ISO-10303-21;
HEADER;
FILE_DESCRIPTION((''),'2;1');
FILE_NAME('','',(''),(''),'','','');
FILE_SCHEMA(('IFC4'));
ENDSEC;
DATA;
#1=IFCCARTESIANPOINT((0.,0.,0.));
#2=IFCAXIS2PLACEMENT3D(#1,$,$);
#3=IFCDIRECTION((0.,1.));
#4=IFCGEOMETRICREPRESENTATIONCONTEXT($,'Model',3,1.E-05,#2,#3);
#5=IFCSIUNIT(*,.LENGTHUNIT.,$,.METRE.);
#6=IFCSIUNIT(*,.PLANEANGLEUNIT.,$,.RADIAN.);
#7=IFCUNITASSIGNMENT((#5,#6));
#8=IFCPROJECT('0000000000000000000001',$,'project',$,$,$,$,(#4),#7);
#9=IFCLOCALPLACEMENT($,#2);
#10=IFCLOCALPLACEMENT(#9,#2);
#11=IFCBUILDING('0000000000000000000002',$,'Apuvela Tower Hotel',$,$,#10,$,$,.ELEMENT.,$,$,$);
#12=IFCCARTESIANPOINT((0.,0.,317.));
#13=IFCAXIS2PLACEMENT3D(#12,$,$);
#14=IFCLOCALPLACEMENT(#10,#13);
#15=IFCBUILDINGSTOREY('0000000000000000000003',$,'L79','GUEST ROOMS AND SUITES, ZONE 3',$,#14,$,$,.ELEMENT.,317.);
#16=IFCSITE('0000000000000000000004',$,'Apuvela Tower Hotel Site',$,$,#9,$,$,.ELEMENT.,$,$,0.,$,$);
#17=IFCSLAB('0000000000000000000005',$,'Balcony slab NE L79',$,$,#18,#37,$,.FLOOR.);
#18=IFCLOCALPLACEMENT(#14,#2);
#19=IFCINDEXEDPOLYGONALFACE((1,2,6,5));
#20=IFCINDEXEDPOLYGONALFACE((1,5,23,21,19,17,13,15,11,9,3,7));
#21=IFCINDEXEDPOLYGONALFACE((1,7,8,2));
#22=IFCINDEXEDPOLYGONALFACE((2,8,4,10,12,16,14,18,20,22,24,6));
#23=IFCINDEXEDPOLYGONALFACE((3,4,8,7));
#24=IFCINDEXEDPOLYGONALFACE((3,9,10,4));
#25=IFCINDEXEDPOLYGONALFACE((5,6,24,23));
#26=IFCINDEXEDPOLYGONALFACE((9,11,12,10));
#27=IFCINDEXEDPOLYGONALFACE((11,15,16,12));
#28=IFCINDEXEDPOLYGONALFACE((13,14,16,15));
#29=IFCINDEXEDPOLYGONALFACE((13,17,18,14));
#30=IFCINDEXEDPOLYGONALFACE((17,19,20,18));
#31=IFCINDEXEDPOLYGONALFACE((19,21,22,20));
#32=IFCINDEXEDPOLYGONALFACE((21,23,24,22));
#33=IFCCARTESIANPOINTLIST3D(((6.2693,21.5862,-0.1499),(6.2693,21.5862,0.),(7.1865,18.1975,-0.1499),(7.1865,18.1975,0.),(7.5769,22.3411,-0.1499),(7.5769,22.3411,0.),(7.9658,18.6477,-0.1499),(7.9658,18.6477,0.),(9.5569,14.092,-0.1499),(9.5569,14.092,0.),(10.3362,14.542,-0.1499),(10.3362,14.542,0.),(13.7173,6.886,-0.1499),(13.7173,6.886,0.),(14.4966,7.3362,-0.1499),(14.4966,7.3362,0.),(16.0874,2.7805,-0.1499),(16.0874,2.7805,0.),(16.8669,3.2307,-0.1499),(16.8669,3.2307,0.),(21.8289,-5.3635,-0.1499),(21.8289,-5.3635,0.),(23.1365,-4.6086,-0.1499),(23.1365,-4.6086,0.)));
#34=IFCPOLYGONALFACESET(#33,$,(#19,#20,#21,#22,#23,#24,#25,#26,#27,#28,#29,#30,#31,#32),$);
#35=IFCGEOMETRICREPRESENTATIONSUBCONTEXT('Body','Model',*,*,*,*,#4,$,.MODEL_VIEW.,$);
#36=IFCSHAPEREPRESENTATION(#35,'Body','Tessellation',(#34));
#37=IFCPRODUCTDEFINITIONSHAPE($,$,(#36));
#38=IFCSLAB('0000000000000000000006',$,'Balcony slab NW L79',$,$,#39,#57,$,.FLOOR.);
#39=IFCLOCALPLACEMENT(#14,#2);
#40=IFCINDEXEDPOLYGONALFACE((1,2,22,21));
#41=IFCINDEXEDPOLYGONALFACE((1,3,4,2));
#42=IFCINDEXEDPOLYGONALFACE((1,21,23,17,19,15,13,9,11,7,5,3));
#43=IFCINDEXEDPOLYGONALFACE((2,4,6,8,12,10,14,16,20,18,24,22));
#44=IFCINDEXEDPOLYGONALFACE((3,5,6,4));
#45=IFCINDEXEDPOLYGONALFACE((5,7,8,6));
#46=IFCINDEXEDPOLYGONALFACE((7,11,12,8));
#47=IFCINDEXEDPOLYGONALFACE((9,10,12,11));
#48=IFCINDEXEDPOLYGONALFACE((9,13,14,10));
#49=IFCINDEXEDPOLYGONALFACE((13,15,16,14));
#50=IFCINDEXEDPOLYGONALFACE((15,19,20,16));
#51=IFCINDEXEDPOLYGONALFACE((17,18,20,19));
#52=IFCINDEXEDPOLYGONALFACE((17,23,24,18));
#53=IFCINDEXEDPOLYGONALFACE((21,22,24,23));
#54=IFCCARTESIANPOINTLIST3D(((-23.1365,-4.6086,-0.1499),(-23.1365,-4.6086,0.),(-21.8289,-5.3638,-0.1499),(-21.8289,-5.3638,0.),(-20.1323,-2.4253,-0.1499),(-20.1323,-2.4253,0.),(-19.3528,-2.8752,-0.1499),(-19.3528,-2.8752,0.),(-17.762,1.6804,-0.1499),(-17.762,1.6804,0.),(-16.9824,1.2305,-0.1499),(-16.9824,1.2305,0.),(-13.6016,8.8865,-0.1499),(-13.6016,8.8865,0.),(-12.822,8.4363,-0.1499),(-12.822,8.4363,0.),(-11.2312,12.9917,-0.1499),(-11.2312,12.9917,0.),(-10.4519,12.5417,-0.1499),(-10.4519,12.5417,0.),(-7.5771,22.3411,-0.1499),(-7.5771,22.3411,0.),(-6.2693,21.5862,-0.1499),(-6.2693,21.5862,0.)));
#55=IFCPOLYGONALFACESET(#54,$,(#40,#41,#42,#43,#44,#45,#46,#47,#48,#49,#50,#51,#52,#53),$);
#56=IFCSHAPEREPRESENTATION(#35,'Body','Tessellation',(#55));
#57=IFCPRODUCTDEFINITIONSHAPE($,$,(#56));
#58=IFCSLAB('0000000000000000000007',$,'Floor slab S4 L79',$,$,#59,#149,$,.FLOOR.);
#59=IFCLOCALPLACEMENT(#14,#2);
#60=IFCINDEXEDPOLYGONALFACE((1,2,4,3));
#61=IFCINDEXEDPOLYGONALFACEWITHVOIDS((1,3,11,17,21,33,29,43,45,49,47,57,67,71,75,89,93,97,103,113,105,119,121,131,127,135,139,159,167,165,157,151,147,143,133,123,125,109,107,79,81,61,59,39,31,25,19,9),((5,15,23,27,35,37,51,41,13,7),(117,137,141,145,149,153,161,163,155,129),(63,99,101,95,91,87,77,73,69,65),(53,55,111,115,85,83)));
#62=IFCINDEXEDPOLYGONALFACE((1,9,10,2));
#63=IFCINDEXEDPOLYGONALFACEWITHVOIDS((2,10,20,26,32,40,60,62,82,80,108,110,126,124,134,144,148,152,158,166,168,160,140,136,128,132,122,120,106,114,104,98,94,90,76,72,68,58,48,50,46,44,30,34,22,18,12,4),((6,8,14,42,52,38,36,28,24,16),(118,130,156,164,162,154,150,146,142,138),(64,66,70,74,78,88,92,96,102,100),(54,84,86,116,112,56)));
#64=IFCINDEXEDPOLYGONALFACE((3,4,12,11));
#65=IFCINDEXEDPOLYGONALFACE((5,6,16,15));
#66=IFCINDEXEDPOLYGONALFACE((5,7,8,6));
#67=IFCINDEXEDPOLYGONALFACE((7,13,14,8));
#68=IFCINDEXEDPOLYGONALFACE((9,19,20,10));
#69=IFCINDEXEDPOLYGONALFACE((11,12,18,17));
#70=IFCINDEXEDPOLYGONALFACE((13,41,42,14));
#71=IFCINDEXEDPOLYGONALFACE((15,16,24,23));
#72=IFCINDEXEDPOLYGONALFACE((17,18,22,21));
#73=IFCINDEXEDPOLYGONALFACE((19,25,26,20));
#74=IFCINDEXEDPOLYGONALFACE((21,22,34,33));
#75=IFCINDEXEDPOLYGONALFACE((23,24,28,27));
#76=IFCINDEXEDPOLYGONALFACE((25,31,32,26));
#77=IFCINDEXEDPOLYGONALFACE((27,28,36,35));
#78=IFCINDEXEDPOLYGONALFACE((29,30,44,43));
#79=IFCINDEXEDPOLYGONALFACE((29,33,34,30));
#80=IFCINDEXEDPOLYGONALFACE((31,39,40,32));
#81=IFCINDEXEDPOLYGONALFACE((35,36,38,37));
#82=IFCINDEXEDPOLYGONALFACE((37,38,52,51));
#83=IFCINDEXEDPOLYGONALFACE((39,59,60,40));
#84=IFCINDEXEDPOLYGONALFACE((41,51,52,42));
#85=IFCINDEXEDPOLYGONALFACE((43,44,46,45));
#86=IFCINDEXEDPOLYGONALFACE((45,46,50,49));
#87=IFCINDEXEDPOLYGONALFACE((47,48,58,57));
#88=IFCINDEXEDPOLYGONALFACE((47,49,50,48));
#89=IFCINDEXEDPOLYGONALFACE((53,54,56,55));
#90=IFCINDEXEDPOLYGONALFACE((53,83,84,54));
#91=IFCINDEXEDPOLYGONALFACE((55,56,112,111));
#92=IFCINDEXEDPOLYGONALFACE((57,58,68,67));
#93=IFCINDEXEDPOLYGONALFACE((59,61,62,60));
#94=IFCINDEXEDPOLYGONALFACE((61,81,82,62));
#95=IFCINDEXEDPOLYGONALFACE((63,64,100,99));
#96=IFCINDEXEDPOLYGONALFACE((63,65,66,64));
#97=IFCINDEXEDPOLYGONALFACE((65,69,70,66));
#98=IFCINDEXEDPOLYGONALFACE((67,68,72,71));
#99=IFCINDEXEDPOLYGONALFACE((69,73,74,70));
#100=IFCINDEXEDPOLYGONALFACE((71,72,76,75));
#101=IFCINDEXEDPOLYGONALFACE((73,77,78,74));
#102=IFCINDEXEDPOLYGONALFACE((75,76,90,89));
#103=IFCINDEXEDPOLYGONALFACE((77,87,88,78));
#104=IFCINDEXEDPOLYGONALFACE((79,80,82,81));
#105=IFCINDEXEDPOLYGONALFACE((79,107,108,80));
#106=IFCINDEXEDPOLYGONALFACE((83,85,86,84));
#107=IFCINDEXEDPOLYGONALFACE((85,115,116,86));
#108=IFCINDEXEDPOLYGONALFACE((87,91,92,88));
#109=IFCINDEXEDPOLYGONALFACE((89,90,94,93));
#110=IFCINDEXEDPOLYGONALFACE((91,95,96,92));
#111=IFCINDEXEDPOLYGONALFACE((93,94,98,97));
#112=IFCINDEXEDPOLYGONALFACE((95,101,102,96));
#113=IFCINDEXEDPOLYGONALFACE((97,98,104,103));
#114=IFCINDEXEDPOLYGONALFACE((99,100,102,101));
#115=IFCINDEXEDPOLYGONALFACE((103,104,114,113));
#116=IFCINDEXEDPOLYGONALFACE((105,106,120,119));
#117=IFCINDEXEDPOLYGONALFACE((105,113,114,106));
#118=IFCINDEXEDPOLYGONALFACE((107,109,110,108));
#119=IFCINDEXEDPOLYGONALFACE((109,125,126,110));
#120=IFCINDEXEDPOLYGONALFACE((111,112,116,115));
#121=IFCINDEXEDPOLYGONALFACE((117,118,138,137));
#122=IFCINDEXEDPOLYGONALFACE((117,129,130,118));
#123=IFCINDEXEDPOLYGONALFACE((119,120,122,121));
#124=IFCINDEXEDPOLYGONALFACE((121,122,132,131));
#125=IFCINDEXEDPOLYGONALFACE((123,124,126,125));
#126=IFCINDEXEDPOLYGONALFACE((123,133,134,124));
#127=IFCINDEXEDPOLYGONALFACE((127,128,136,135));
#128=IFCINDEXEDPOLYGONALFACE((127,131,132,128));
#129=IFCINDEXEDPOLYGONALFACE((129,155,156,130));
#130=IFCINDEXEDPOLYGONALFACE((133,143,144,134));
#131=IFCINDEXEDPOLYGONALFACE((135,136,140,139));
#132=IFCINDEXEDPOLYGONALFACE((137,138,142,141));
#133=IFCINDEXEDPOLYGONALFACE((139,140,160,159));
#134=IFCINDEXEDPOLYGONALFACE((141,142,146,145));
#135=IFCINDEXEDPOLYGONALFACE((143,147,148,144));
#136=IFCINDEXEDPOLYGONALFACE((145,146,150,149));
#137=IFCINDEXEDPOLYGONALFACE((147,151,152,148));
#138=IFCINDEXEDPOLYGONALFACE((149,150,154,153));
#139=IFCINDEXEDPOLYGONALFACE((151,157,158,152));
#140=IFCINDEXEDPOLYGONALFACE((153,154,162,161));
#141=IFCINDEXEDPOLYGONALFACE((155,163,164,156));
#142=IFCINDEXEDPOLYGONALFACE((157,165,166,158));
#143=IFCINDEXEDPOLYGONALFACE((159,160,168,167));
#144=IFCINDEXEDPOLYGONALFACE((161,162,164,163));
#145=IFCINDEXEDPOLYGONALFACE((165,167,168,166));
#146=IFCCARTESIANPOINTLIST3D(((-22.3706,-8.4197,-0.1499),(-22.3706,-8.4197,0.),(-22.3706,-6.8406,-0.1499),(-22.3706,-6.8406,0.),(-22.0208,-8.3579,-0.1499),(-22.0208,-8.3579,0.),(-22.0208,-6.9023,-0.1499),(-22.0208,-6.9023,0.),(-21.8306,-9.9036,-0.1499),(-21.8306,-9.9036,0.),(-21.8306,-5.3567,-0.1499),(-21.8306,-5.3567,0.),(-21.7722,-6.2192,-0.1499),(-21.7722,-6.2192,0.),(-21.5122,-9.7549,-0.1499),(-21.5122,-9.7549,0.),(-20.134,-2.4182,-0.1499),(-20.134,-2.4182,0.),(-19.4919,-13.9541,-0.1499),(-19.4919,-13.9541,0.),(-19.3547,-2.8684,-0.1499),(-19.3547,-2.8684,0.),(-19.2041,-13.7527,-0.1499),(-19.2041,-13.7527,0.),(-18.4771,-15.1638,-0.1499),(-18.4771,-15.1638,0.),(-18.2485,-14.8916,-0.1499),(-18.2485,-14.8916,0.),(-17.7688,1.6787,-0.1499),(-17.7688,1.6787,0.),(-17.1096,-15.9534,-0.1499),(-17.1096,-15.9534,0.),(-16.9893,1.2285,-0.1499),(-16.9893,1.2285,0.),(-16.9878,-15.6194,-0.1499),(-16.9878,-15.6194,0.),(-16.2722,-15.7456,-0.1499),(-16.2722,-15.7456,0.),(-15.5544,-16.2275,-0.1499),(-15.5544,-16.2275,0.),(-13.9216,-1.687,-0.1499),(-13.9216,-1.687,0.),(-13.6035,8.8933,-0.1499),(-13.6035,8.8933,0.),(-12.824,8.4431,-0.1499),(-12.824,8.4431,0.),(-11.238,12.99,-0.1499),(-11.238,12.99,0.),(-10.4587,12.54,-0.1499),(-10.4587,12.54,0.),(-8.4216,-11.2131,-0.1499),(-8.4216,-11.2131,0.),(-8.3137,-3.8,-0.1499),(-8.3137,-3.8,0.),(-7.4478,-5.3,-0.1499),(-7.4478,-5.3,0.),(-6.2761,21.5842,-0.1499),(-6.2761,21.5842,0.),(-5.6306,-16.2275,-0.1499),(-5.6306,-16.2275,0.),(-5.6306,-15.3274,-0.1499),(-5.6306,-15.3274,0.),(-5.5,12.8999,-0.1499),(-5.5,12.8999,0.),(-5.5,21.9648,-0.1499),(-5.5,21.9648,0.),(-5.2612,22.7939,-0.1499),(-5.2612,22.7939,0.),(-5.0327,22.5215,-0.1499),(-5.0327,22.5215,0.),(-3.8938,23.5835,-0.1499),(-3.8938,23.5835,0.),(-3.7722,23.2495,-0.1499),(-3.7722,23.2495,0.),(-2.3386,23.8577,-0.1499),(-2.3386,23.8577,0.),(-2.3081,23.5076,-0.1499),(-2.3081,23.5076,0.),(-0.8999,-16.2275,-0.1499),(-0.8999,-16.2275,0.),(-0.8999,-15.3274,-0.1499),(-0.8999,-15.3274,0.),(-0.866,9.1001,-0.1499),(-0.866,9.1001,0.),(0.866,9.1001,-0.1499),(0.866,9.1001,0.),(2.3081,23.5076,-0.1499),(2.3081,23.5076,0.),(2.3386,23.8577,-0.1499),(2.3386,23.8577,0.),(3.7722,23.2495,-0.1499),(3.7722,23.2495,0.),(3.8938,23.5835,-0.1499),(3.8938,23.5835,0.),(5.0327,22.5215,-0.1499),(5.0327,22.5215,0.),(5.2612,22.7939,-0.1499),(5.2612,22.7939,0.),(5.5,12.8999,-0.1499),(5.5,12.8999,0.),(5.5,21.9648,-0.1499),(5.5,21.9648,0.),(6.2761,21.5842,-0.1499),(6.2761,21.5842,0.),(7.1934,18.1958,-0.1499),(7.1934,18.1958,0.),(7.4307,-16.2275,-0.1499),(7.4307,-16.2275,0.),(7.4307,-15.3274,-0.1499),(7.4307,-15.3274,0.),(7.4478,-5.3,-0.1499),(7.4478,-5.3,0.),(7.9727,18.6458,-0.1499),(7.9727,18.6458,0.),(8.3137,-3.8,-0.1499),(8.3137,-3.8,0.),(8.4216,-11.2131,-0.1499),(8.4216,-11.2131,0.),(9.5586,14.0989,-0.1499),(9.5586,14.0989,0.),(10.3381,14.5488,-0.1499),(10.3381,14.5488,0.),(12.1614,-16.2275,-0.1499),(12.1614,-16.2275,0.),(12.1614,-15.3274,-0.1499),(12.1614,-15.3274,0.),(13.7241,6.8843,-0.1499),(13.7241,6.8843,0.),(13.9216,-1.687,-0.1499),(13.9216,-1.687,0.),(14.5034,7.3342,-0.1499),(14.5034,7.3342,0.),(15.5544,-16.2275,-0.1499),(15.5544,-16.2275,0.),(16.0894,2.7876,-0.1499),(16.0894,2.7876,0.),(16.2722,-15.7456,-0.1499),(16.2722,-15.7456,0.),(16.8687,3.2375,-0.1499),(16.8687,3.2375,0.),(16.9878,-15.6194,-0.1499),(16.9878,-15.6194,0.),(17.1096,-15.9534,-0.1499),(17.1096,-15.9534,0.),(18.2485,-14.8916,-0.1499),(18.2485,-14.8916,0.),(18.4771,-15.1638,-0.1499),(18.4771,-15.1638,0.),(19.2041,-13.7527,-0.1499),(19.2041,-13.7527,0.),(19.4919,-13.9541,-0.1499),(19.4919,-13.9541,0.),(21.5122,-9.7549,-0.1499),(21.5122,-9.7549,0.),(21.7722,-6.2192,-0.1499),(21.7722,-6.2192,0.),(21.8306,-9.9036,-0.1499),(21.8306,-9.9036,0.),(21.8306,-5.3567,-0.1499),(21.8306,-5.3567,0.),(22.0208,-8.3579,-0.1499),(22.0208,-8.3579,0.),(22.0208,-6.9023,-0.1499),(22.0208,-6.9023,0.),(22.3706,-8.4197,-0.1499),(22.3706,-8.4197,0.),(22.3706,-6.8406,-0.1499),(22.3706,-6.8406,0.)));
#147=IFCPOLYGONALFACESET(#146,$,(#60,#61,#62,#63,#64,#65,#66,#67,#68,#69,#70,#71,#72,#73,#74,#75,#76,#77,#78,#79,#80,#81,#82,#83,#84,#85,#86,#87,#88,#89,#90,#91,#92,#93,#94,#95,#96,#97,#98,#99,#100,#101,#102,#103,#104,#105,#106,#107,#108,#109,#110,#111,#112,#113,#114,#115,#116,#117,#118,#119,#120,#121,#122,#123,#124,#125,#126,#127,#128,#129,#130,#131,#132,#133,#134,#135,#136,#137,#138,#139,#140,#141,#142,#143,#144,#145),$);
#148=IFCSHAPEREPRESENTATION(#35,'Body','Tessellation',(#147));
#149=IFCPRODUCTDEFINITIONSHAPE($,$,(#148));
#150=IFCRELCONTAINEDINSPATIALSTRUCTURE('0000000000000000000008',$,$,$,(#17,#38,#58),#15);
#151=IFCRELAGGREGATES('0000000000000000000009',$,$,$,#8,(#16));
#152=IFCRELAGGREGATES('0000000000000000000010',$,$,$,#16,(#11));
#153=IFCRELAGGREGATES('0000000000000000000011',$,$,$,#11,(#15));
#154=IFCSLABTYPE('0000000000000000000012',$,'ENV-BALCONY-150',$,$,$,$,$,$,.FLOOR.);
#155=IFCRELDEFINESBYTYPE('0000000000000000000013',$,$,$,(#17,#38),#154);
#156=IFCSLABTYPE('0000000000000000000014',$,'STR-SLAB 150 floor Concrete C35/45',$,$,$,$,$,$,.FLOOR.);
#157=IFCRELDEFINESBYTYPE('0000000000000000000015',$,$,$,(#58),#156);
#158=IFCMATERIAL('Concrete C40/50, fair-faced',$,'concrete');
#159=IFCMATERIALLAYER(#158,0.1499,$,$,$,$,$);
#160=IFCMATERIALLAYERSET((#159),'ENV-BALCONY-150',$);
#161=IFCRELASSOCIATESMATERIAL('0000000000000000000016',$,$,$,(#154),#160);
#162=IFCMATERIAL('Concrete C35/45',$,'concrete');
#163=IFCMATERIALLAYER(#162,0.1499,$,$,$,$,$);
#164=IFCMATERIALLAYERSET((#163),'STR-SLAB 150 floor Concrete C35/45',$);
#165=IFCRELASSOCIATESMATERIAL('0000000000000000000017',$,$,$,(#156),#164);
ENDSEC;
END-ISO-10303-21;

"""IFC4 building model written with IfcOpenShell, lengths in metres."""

from ifc_helpers import new_model, si_unit, direction, frame, origin, place, context, subcontext, project, spatial, polyline, outline, extrude, material, layer, layer_set, type_object, element, save


model = new_model("IFC4")

# Units and contexts
model_context = context("Model", 3, precision=1e-05, world=origin(), true_north=direction((0.0, 1.0)))
body_context = subcontext(model_context, "Body", "Model", "MODEL_VIEW")
ifc_project = project(units=[si_unit("LENGTHUNIT", "METRE"), si_unit("PLANEANGLEUNIT", "RADIAN")], contexts=[model_context])

# Site, building, storey
site_placement = place(None, origin())
site = spatial("IfcSite", under=ifc_project, at=site_placement, Name="Apuvela Tower Hotel Site", CompositionType="ELEMENT", RefElevation=0.0)
building_placement = place(site_placement, origin())
building = spatial("IfcBuilding", under=site, at=building_placement, Name="Apuvela Tower Hotel", CompositionType="ELEMENT")
storey_placement = place(building_placement, frame((0.0, 0.0, 317.0)))
storey = spatial("IfcBuildingStorey", under=building, at=storey_placement, Name="L79", Description="GUEST ROOMS AND SUITES, ZONE 3", CompositionType="ELEMENT", Elevation=317.0)

# Slabs
ifc_material_1 = material(Name="Concrete C40/50, fair-faced", Category="concrete")
ifc_layer_1 = layer(ifc_material_1, 0.1499)
ifc_layer_set_1 = layer_set([ifc_layer_1], Name="ENV-BALCONY-150")
slab_type_1 = type_object("IfcSlabType", Name="ENV-BALCONY-150", PredefinedType="FLOOR", material=ifc_layer_set_1)
slab_1_placement = place(storey_placement, frame((0.0, 0.0, -0.1499)))
element("IfcSlab", 1, at=slab_1_placement, inside=storey, type_object=slab_type_1, Name="Balcony slab NE L79", PredefinedType="FLOOR", context=body_context, shape_type="SweptSolid", body=[
    extrude(outline(polyline([(14.4966, 7.3362), (10.3362, 14.542), (9.5569, 14.092), (7.1865, 18.1975), (7.9658, 18.6477), (6.2693, 21.5862), (7.5769, 22.3411), (23.1365, -4.6086), (21.8289, -5.3635), (16.8669, 3.2307), (16.0874, 2.7805), (13.7173, 6.886), (14.4966, 7.3362)])), origin(), (0.0, 0.0, 1.0), 0.1499),
])
slab_2_placement = place(storey_placement, frame((0.0, 0.0, -0.1499)))
element("IfcSlab", 2, at=slab_2_placement, inside=storey, type_object=slab_type_1, Name="Balcony slab NW L79", PredefinedType="FLOOR", context=body_context, shape_type="SweptSolid", body=[
    extrude(outline(polyline([(-23.1365, -4.6086), (-7.5771, 22.3411), (-6.2693, 21.5862), (-11.2312, 12.9917), (-10.4519, 12.5417), (-12.822, 8.4363), (-13.6016, 8.8865), (-17.762, 1.6804), (-16.9824, 1.2305), (-19.3528, -2.8752), (-20.1323, -2.4253), (-21.8289, -5.3638), (-23.1365, -4.6086)])), origin(), (0.0, 0.0, 1.0), 0.1499),
])
ifc_material_2 = material(Name="Concrete C35/45", Category="concrete")
ifc_layer_2 = layer(ifc_material_2, 0.1499)
ifc_layer_set_2 = layer_set([ifc_layer_2], Name="STR-SLAB 150 floor Concrete C35/45")
slab_type_2 = type_object("IfcSlabType", Name="STR-SLAB 150 floor Concrete C35/45", PredefinedType="FLOOR", material=ifc_layer_set_2)
slab_3_placement = place(storey_placement, frame((0.0, 0.0, -0.1499)))
element("IfcSlab", 3, at=slab_3_placement, inside=storey, type_object=slab_type_2, Name="Floor slab S4 L79", PredefinedType="FLOOR", context=body_context, shape_type="SweptSolid", body=[
    extrude(outline(polyline([(-5.2612, 22.7939), (-3.8938, 23.5835), (-2.3386, 23.8577), (2.3386, 23.8577), (3.8938, 23.5835), (5.2612, 22.7939), (6.2761, 21.5842), (7.9727, 18.6458), (7.1934, 18.1958), (9.5586, 14.0989), (10.3381, 14.5488), (14.5034, 7.3342), (13.7241, 6.8843), (16.0894, 2.7876), (16.8687, 3.2375), (21.8306, -5.3567), (22.3706, -6.8406), (22.3706, -8.4197), (21.8306, -9.9036), (19.4919, -13.9541), (18.4771, -15.1638), (17.1096, -15.9534), (15.5544, -16.2275), (12.1614, -16.2275), (12.1614, -15.3274), (7.4307, -15.3274), (7.4307, -16.2275), (-0.8999, -16.2275), (-0.8999, -15.3274), (-5.6306, -15.3274), (-5.6306, -16.2275), (-15.5544, -16.2275), (-17.1096, -15.9534), (-18.4771, -15.1638), (-19.4919, -13.9541), (-21.8306, -9.9036), (-22.3706, -8.4197), (-22.3706, -6.8406), (-21.8306, -5.3567), (-20.134, -2.4182), (-19.3547, -2.8684), (-16.9893, 1.2285), (-17.7688, 1.6787), (-13.6035, 8.8933), (-12.824, 8.4431), (-10.4587, 12.54), (-11.238, 12.99), (-6.2761, 21.5842), (-5.2612, 22.7939)]), holes=[polyline([(0.866, 9.1001), (-0.866, 9.1001), (-8.3137, -3.8), (-7.4478, -5.3), (7.4478, -5.3), (8.3137, -3.8), (0.866, 9.1001)]), polyline([(-5.5, 12.8999), (-5.5, 21.9648), (-5.0327, 22.5215), (-3.7722, 23.2495), (-2.3081, 23.5076), (2.3081, 23.5076), (3.7722, 23.2495), (5.0327, 22.5215), (5.5, 21.9648), (5.5, 12.8999), (-5.5, 12.8999)]), polyline([(-8.4216, -11.2131), (-16.2722, -15.7456), (-16.9878, -15.6194), (-18.2485, -14.8916), (-19.2041, -13.7527), (-21.5122, -9.7549), (-22.0208, -8.3579), (-22.0208, -6.9023), (-21.7722, -6.2192), (-13.9216, -1.687), (-8.4216, -11.2131)]), polyline([(13.9216, -1.687), (21.7722, -6.2192), (22.0208, -6.9023), (22.0208, -8.3579), (21.5122, -9.7549), (19.2041, -13.7527), (18.2485, -14.8916), (16.9878, -15.6194), (16.2722, -15.7456), (8.4216, -11.2131), (13.9216, -1.687)])]), origin(), (0.0, 0.0, 1.0), 0.1499),
])

save(model, "model.ifc")
